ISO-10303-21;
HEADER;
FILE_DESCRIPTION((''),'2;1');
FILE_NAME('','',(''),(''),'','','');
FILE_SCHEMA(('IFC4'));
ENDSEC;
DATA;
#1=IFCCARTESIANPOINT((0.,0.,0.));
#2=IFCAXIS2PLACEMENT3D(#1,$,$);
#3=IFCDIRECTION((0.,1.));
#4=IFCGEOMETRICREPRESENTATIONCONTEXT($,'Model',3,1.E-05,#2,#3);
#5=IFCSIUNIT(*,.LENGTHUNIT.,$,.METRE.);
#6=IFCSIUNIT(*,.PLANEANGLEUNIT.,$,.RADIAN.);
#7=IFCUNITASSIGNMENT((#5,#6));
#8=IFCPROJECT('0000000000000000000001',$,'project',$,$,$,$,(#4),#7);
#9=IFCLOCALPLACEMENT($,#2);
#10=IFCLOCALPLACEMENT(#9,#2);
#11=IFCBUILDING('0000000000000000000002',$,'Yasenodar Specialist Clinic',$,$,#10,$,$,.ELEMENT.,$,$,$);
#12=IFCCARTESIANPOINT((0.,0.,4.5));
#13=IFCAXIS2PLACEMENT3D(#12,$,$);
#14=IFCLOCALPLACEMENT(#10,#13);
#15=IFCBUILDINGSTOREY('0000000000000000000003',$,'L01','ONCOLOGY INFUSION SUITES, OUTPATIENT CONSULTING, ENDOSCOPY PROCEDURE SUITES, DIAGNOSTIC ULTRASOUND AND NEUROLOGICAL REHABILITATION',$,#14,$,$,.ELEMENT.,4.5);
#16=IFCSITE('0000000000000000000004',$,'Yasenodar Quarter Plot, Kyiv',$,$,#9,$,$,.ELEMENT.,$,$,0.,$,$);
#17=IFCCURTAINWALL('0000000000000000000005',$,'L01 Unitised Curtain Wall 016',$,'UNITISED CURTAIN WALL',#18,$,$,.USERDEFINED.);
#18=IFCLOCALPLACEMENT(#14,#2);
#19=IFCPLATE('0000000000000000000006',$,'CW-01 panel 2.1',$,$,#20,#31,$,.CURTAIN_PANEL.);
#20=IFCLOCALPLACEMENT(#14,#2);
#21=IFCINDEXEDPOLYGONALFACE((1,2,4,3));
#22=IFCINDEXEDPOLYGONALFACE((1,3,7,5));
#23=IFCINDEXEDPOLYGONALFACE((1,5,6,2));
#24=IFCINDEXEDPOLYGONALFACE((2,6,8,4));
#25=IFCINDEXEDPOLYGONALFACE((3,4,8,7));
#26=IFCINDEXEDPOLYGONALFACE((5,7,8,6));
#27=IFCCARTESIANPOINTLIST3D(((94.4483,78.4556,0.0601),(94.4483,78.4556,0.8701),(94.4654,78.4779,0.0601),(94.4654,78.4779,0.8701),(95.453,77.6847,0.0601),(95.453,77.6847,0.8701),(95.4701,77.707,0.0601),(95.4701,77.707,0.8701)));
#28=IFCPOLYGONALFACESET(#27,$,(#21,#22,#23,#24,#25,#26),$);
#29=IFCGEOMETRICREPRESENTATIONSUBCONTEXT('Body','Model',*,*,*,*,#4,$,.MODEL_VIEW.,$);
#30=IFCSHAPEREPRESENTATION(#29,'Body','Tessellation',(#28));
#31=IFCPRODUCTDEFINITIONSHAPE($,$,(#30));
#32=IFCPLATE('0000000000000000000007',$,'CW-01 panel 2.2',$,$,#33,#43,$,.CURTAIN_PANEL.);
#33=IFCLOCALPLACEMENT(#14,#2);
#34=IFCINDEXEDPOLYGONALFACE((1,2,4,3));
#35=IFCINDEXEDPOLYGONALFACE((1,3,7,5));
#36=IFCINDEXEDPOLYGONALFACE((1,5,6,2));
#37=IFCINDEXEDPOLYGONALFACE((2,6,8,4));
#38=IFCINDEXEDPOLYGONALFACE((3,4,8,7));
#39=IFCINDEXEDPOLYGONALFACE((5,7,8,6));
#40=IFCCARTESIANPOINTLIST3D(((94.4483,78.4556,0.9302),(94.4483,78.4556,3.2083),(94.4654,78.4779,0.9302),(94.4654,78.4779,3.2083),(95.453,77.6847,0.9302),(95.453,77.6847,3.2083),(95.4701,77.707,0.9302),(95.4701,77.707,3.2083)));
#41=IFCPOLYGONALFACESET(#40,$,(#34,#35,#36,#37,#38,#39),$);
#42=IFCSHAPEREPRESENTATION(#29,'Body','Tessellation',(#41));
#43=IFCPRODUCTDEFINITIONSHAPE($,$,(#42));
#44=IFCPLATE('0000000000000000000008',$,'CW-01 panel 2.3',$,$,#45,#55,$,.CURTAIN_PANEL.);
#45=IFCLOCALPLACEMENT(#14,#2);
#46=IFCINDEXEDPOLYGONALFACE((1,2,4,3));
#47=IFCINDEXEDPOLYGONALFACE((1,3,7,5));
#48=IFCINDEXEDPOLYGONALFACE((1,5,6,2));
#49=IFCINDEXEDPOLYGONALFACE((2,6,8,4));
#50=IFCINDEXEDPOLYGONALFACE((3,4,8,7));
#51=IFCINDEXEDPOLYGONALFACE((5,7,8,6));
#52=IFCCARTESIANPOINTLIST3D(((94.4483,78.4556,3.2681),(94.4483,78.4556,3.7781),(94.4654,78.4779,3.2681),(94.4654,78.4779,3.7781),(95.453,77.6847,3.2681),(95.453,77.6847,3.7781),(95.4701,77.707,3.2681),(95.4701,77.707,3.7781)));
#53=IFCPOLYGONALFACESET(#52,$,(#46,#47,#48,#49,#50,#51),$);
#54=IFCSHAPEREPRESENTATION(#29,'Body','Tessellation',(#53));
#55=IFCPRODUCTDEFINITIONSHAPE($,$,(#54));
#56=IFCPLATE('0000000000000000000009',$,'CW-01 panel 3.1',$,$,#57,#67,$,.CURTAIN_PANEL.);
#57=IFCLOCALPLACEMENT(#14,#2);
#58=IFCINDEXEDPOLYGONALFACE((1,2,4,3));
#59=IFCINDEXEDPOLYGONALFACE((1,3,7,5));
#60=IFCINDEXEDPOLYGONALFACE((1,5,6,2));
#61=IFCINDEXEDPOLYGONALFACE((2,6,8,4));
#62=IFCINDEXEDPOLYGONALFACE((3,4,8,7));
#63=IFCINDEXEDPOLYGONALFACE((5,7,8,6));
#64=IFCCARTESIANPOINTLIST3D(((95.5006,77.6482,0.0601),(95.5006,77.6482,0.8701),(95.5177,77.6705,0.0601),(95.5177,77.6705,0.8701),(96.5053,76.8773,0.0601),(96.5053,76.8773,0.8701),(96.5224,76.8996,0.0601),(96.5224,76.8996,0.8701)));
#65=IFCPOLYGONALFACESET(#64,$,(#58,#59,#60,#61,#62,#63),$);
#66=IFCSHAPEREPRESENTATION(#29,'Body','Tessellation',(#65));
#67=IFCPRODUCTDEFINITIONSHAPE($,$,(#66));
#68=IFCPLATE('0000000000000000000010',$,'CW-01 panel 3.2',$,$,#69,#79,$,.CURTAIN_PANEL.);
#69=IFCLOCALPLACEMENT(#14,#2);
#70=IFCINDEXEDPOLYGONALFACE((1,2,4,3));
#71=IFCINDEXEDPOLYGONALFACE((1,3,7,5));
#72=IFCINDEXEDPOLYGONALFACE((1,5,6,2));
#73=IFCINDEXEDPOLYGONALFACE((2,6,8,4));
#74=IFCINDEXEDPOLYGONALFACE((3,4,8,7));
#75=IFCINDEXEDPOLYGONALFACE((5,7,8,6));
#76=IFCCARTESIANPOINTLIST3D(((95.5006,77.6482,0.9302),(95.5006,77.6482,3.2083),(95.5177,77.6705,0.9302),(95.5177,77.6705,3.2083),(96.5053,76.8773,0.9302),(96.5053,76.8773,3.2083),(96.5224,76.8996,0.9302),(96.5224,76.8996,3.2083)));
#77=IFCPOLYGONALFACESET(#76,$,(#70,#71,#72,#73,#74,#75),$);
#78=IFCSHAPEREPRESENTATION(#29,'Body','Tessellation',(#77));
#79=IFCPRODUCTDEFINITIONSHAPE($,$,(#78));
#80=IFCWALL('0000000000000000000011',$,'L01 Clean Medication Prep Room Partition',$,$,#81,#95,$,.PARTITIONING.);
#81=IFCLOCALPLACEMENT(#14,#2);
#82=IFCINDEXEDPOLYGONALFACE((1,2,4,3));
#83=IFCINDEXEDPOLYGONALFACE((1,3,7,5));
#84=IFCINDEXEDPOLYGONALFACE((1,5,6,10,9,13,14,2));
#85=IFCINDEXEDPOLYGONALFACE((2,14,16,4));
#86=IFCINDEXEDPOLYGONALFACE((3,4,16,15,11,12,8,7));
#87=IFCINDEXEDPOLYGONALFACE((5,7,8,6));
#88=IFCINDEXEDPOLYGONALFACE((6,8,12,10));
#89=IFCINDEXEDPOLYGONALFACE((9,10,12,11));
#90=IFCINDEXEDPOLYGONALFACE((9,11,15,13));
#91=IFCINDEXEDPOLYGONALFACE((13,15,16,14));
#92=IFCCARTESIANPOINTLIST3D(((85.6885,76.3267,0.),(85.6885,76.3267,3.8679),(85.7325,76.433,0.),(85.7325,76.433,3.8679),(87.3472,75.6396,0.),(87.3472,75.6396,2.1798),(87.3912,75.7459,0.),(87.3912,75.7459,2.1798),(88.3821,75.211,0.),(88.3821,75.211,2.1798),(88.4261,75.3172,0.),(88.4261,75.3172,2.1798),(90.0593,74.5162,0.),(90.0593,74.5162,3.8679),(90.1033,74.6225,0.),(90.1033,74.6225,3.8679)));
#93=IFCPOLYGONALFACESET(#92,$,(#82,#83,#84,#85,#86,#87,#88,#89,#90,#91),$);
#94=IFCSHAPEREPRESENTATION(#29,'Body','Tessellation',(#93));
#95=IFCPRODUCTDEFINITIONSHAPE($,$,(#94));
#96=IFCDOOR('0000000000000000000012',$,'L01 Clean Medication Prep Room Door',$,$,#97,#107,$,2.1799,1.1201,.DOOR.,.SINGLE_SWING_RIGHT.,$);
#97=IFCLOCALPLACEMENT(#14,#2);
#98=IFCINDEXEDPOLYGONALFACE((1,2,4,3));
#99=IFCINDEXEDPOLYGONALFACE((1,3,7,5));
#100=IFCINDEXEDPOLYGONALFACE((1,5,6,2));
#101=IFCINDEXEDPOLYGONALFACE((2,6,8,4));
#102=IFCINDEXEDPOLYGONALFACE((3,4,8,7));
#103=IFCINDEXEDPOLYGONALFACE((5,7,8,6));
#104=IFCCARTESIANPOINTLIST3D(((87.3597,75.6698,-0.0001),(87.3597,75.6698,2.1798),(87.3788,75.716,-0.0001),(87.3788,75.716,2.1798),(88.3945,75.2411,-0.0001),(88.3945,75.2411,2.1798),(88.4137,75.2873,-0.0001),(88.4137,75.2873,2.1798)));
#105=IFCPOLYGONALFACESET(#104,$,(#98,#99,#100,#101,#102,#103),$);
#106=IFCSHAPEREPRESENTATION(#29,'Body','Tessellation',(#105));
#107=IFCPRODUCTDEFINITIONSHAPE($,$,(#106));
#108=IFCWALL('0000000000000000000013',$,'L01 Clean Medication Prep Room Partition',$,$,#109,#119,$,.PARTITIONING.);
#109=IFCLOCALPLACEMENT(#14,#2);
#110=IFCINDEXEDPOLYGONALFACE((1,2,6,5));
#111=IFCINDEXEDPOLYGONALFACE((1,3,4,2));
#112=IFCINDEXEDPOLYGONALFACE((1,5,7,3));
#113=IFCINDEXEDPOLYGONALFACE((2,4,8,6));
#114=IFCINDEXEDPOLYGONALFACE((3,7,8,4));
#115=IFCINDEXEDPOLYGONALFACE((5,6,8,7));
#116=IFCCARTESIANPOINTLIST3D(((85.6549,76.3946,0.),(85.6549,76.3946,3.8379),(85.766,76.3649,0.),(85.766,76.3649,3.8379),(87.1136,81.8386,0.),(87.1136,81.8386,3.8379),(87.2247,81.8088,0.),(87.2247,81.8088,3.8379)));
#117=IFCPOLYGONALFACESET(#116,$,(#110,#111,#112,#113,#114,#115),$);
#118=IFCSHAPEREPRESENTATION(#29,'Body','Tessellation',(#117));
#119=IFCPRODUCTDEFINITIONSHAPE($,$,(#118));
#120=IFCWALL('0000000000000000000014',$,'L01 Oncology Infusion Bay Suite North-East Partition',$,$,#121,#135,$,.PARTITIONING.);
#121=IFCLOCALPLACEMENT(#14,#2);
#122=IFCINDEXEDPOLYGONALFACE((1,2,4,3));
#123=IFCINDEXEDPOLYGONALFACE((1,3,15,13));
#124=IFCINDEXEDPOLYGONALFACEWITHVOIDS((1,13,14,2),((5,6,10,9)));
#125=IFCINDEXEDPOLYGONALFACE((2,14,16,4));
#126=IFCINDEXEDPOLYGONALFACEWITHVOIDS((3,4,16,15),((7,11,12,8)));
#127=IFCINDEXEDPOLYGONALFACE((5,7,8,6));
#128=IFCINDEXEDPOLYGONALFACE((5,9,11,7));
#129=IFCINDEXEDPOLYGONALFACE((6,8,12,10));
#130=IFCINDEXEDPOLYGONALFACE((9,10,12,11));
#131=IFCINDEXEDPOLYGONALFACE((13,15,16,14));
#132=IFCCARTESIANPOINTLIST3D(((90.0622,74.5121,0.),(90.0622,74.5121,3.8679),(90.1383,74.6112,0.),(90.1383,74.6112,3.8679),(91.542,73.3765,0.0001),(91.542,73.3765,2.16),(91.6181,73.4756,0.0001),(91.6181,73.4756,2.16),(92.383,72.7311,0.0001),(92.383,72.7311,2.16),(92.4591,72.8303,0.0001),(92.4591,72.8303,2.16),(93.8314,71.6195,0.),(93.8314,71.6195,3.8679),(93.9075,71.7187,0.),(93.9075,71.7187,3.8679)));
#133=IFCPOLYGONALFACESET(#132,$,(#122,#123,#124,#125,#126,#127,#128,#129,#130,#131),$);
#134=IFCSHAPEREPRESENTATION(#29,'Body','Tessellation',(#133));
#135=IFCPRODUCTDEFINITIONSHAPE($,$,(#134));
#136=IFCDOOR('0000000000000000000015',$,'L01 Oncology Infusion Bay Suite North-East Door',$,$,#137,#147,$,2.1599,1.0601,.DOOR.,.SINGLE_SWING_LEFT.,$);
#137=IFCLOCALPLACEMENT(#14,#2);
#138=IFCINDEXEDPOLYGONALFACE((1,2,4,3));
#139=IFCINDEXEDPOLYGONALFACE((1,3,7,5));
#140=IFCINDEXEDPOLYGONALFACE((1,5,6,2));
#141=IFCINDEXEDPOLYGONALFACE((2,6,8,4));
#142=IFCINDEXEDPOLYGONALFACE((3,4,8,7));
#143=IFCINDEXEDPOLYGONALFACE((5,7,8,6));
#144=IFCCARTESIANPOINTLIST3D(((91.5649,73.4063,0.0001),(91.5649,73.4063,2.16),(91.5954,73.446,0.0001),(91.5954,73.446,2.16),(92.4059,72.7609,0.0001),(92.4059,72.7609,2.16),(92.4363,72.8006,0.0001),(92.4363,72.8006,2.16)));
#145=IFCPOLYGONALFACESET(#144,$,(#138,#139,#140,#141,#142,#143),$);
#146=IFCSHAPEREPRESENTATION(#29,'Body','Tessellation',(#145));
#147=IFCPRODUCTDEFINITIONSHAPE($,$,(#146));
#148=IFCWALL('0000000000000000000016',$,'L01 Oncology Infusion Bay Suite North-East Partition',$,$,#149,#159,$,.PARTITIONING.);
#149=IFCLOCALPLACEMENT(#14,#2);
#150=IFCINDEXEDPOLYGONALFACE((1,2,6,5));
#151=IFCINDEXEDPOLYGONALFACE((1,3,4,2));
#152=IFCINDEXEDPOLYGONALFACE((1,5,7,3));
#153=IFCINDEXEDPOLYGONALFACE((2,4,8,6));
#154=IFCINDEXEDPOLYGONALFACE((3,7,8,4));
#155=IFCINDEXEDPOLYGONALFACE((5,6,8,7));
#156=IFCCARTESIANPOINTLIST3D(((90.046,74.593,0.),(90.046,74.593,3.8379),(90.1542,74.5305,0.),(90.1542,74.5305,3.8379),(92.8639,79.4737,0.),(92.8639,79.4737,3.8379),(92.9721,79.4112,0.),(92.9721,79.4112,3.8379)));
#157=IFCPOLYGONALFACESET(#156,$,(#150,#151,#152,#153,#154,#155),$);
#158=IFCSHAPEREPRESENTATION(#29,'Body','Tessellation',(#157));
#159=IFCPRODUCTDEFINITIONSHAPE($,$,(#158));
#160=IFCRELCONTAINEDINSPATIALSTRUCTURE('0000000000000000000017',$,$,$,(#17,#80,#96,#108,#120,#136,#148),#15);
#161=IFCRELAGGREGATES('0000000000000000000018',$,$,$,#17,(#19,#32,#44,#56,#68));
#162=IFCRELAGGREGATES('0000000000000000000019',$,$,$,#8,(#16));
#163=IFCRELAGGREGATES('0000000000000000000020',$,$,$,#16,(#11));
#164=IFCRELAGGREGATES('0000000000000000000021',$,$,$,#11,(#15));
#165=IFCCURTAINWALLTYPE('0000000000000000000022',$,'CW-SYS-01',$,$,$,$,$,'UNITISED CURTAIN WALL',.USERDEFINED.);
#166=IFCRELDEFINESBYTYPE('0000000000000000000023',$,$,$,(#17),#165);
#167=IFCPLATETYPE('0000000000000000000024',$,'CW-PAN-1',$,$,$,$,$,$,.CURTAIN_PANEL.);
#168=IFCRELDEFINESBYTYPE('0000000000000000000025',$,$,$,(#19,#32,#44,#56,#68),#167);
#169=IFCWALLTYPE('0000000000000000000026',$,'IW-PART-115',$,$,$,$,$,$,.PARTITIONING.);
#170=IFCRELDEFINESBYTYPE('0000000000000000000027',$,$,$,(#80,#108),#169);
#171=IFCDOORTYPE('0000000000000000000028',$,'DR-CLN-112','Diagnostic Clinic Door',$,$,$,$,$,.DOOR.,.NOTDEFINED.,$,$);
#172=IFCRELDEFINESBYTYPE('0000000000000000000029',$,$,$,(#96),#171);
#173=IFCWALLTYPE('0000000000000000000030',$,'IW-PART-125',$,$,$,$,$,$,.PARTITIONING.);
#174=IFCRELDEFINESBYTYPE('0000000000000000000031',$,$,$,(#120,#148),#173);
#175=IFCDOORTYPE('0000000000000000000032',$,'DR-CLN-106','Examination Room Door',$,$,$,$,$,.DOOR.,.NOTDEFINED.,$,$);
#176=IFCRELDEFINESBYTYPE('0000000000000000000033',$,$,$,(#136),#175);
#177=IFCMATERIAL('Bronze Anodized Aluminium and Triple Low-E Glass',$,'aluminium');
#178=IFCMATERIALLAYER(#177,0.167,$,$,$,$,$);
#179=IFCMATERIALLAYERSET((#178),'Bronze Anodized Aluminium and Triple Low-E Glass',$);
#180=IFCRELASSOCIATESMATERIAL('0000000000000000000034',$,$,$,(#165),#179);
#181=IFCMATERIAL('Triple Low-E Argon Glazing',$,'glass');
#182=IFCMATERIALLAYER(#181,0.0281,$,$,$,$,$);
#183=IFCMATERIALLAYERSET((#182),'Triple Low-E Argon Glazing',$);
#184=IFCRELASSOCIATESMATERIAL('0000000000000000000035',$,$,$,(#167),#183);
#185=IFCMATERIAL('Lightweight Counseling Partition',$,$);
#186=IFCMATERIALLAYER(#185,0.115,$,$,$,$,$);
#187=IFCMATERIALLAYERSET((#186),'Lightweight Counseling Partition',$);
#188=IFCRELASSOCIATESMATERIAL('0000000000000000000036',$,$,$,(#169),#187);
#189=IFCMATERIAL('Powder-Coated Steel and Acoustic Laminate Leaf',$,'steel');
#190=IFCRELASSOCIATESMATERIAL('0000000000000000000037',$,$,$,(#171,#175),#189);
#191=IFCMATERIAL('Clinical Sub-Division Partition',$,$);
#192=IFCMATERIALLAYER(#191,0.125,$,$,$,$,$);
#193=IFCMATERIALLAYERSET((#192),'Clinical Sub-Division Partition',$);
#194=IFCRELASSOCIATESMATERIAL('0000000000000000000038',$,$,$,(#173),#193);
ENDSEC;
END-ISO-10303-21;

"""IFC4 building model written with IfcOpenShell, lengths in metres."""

from ifc_helpers import new_model, si_unit, direction, frame, frame_2d, origin, origin_2d, place, context, subcontext, project, spatial, rectangle, extrude, material, layer, layer_set, type_object, element, fill, aggregate, save


model = new_model("IFC4")

# Units and contexts
model_context = context("Model", 3, precision=1e-05, world=origin(), true_north=direction((0.0, 1.0)))
body_context = subcontext(model_context, "Body", "Model", "MODEL_VIEW")
ifc_project = project(units=[si_unit("LENGTHUNIT", "METRE"), si_unit("PLANEANGLEUNIT", "RADIAN")], contexts=[model_context])

# Site, building, storey
site_placement = place(None, origin())
site = spatial("IfcSite", under=ifc_project, at=site_placement, Name="Yasenodar Quarter Plot, Kyiv", CompositionType="ELEMENT", RefElevation=0.0)
building_placement = place(site_placement, origin())
building = spatial("IfcBuilding", under=site, at=building_placement, Name="Yasenodar Specialist Clinic", CompositionType="ELEMENT")
storey_placement = place(building_placement, frame((0.0, 0.0, 4.5)))
storey = spatial("IfcBuildingStorey", under=building, at=storey_placement, Name="L01", Description="ONCOLOGY INFUSION SUITES, OUTPATIENT CONSULTING, ENDOSCOPY PROCEDURE SUITES, DIAGNOSTIC ULTRASOUND AND NEUROLOGICAL REHABILITATION", CompositionType="ELEMENT", Elevation=4.5)

# Curtain wall, plates
ifc_material_1 = material(Name="Bronze Anodized Aluminium and Triple Low-E Glass", Category="aluminium")
ifc_layer_1 = layer(ifc_material_1, 0.167)
ifc_layer_set_1 = layer_set([ifc_layer_1], Name="Bronze Anodized Aluminium and Triple Low-E Glass")
curtain_wall_type = type_object("IfcCurtainWallType", Name="CW-SYS-01", ElementType="UNITISED CURTAIN WALL", PredefinedType="USERDEFINED", material=ifc_layer_set_1)
curtain_wall_placement = place(storey_placement, origin())
curtain_wall = element("IfcCurtainWall", 1, at=curtain_wall_placement, inside=storey, type_object=curtain_wall_type, Name="L01 Unitised Curtain Wall 016", ObjectType="UNITISED CURTAIN WALL", PredefinedType="USERDEFINED")
ifc_material_2 = material(Name="Triple Low-E Argon Glazing", Category="glass")
ifc_layer_2 = layer(ifc_material_2, 0.0281)
ifc_layer_set_2 = layer_set([ifc_layer_2], Name="Triple Low-E Argon Glazing")
plate_type = type_object("IfcPlateType", Name="CW-PAN-1", PredefinedType="CURTAIN_PANEL", material=ifc_layer_set_2)
plate_1_placement = place(storey_placement, frame((94.9592, 78.0813, 0.0601), z_axis=(0.0, 0.0, 1.0), x_axis=(0.793361, -0.608752, 0.0)))
plate_1 = element("IfcPlate", 2, at=plate_1_placement, type_object=plate_type, Name="CW-01 panel 2.1", PredefinedType="CURTAIN_PANEL", context=body_context, shape_type="SweptSolid", body=[
    extrude(rectangle(XDim=1.2664, YDim=0.0281, at=origin_2d()), origin(), (0.0, 0.0, 1.0), 0.8101),
])
plate_2_placement = place(storey_placement, frame((94.9592, 78.0813, 0.9302), z_axis=(0.0, 0.0, 1.0), x_axis=(0.793361, -0.608752, 0.0)))
plate_2 = element("IfcPlate", 3, at=plate_2_placement, type_object=plate_type, Name="CW-01 panel 2.2", PredefinedType="CURTAIN_PANEL", context=body_context, shape_type="SweptSolid", body=[
    extrude(rectangle(XDim=1.2664, YDim=0.0281, at=origin_2d()), origin(), (0.0, 0.0, 1.0), 2.2781),
])
plate_3_placement = place(storey_placement, frame((94.9592, 78.0813, 3.2681), z_axis=(0.0, 0.0, 1.0), x_axis=(0.793361, -0.608752, 0.0)))
plate_3 = element("IfcPlate", 4, at=plate_3_placement, type_object=plate_type, Name="CW-01 panel 2.3", PredefinedType="CURTAIN_PANEL", context=body_context, shape_type="SweptSolid", body=[
    extrude(rectangle(XDim=1.2664, YDim=0.0281, at=origin_2d()), origin(), (0.0, 0.0, 1.0), 0.51),
])
plate_4_placement = place(storey_placement, frame((96.0115, 77.2739, 0.0601), z_axis=(0.0, 0.0, 1.0), x_axis=(0.793361, -0.608752, 0.0)))
plate_4 = element("IfcPlate", 5, at=plate_4_placement, type_object=plate_type, Name="CW-01 panel 3.1", PredefinedType="CURTAIN_PANEL", context=body_context, shape_type="SweptSolid", body=[
    extrude(rectangle(XDim=1.2664, YDim=0.0281, at=origin_2d()), origin(), (0.0, 0.0, 1.0), 0.8101),
])
plate_5_placement = place(storey_placement, frame((96.0115, 77.2739, 0.9302), z_axis=(0.0, 0.0, 1.0), x_axis=(0.793361, -0.608752, 0.0)))
plate_5 = element("IfcPlate", 6, at=plate_5_placement, type_object=plate_type, Name="CW-01 panel 3.2", PredefinedType="CURTAIN_PANEL", context=body_context, shape_type="SweptSolid", body=[
    extrude(rectangle(XDim=1.2664, YDim=0.0281, at=origin_2d()), origin(), (0.0, 0.0, 1.0), 2.2781),
])
aggregate(curtain_wall, [plate_1, plate_2, plate_3, plate_4, plate_5])

# Wall, opening, door
ifc_material_3 = material(Name="Lightweight Counseling Partition")
ifc_layer_3 = layer(ifc_material_3, 0.115)
ifc_layer_set_3 = layer_set([ifc_layer_3], Name="Lightweight Counseling Partition")
wall_type_1 = type_object("IfcWallType", Name="IW-PART-115", PredefinedType="PARTITIONING", material=ifc_layer_set_3)
wall_1_placement = place(storey_placement, frame((90.0813, 74.5693, 0.0), z_axis=(0.0, 0.0, 1.0), x_axis=(-0.923873, 0.382698, 0.0)))
wall_1 = element("IfcWall", 7, at=wall_1_placement, inside=storey, type_object=wall_type_1, Name="L01 Clean Medication Prep Room Partition", PredefinedType="PARTITIONING", context=body_context, shape_type="SweptSolid", body=[
    extrude(rectangle(XDim=4.731, YDim=0.115, at=frame_2d((2.3655, 0.0))), origin(), (0.0, 0.0, 1.0), 3.8679),
])
opening_1_placement = place(wall_1_placement, frame((1.8154, 0.0, 0.0)))
opening_1 = element("IfcOpeningElement", 8, at=opening_1_placement, cuts=wall_1, PredefinedType="OPENING", context=body_context, shape_type="SweptSolid", body=[
    extrude(rectangle(XDim=1.1201, YDim=2.1799, at=frame_2d((0.5601, 1.0898))), frame((0.0, 0.0674, 0.0), z_axis=(0.0, -1.0, 0.0), x_axis=(1.0, 0.0, 0.0)), (0.0, 0.0, 1.0), 0.135),
])
ifc_material_4 = material(Name="Powder-Coated Steel and Acoustic Laminate Leaf", Category="steel")
door_type_1 = type_object("IfcDoorType", Name="DR-CLN-112", Description="Diagnostic Clinic Door", OperationType="NOTDEFINED", PredefinedType="DOOR", material=ifc_material_4)
door_1_placement = place(opening_1_placement, origin())
door_1 = element("IfcDoor", 9, at=door_1_placement, inside=storey, type_object=door_type_1, Name="L01 Clean Medication Prep Room Door", OperationType="SINGLE_SWING_RIGHT", OverallHeight=2.1799, OverallWidth=1.1201, PredefinedType="DOOR", context=body_context, shape_type="SweptSolid", body=[
    extrude(rectangle(XDim=1.1201, YDim=2.1799, at=frame_2d((0.5601, 1.0898))), frame((0.0, 0.0249, 0.0), z_axis=(0.0, -1.0, 0.0), x_axis=(1.0, 0.0, 0.0)), (0.0, 0.0, 1.0), 0.05),
])
fill(opening_1, door_1)

# Wall
wall_2_placement = place(storey_placement, frame((85.7104, 76.3799, 0.0), z_axis=(0.0, 0.0, 1.0), x_axis=(0.25883, 0.965923, 0.0)))
element("IfcWall", 10, at=wall_2_placement, inside=storey, type_object=wall_type_1, Name="L01 Clean Medication Prep Room Partition", PredefinedType="PARTITIONING", context=body_context, shape_type="SweptSolid", body=[
    extrude(rectangle(XDim=5.636, YDim=0.115, at=frame_2d((2.8179, 0.0))), origin(), (0.0, 0.0, 1.0), 3.8379),
])

# Wall, opening, door
ifc_material_5 = material(Name="Clinical Sub-Division Partition")
ifc_layer_4 = layer(ifc_material_5, 0.125)
ifc_layer_set_4 = layer_set([ifc_layer_4], Name="Clinical Sub-Division Partition")
wall_type_2 = type_object("IfcWallType", Name="IW-PART-125", PredefinedType="PARTITIONING", material=ifc_layer_set_4)
wall_3_placement = place(storey_placement, frame((93.8694, 71.6692, 0.0), z_axis=(0.0, 0.0, 1.0), x_axis=(-0.793323, 0.608801, 0.0)))
wall_3 = element("IfcWall", 11, at=wall_3_placement, inside=storey, type_object=wall_type_2, Name="L01 Oncology Infusion Bay Suite North-East Partition", PredefinedType="PARTITIONING", context=body_context, shape_type="SweptSolid", body=[
    extrude(rectangle(XDim=4.7512, YDim=0.125, at=frame_2d((2.3755, 0.0))), origin(), (0.0, 0.0, 1.0), 3.8679),
])
opening_2_placement = place(wall_3_placement, frame((1.8257, 0.0, 0.0)))
opening_2 = element("IfcOpeningElement", 12, at=opening_2_placement, cuts=wall_3, PredefinedType="OPENING", context=body_context, shape_type="SweptSolid", body=[
    extrude(rectangle(XDim=1.0601, YDim=2.1599, at=frame_2d((0.53, 1.0801))), frame((0.0, 0.0725, 0.0), z_axis=(0.0, -1.0, 0.0), x_axis=(1.0, 0.0, 0.0)), (0.0, 0.0, 1.0), 0.145),
])
door_type_2 = type_object("IfcDoorType", Name="DR-CLN-106", Description="Examination Room Door", OperationType="NOTDEFINED", PredefinedType="DOOR", material=ifc_material_4)
door_2_placement = place(opening_2_placement, origin())
door_2 = element("IfcDoor", 13, at=door_2_placement, inside=storey, type_object=door_type_2, Name="L01 Oncology Infusion Bay Suite North-East Door", OperationType="SINGLE_SWING_LEFT", OverallHeight=2.1599, OverallWidth=1.0601, PredefinedType="DOOR", context=body_context, shape_type="SweptSolid", body=[
    extrude(rectangle(XDim=1.0601, YDim=2.1599, at=frame_2d((0.53, 1.0801))), frame((0.0, 0.0249, 0.0), z_axis=(0.0, -1.0, 0.0), x_axis=(1.0, 0.0, 0.0)), (0.0, 0.0, 1.0), 0.05),
])
fill(opening_2, door_2)

# Wall
wall_4_placement = place(storey_placement, frame((90.1001, 74.5618, 0.0), z_axis=(0.0, 0.0, 1.0), x_axis=(0.500006, 0.866022, 0.0)))
element("IfcWall", 14, at=wall_4_placement, inside=storey, type_object=wall_type_2, Name="L01 Oncology Infusion Bay Suite North-East Partition", PredefinedType="PARTITIONING", context=body_context, shape_type="SweptSolid", body=[
    extrude(rectangle(XDim=5.6357, YDim=0.125, at=frame_2d((2.8179, 0.0))), origin(), (0.0, 0.0, 1.0), 3.8379),
])

save(model, "model.ifc")
